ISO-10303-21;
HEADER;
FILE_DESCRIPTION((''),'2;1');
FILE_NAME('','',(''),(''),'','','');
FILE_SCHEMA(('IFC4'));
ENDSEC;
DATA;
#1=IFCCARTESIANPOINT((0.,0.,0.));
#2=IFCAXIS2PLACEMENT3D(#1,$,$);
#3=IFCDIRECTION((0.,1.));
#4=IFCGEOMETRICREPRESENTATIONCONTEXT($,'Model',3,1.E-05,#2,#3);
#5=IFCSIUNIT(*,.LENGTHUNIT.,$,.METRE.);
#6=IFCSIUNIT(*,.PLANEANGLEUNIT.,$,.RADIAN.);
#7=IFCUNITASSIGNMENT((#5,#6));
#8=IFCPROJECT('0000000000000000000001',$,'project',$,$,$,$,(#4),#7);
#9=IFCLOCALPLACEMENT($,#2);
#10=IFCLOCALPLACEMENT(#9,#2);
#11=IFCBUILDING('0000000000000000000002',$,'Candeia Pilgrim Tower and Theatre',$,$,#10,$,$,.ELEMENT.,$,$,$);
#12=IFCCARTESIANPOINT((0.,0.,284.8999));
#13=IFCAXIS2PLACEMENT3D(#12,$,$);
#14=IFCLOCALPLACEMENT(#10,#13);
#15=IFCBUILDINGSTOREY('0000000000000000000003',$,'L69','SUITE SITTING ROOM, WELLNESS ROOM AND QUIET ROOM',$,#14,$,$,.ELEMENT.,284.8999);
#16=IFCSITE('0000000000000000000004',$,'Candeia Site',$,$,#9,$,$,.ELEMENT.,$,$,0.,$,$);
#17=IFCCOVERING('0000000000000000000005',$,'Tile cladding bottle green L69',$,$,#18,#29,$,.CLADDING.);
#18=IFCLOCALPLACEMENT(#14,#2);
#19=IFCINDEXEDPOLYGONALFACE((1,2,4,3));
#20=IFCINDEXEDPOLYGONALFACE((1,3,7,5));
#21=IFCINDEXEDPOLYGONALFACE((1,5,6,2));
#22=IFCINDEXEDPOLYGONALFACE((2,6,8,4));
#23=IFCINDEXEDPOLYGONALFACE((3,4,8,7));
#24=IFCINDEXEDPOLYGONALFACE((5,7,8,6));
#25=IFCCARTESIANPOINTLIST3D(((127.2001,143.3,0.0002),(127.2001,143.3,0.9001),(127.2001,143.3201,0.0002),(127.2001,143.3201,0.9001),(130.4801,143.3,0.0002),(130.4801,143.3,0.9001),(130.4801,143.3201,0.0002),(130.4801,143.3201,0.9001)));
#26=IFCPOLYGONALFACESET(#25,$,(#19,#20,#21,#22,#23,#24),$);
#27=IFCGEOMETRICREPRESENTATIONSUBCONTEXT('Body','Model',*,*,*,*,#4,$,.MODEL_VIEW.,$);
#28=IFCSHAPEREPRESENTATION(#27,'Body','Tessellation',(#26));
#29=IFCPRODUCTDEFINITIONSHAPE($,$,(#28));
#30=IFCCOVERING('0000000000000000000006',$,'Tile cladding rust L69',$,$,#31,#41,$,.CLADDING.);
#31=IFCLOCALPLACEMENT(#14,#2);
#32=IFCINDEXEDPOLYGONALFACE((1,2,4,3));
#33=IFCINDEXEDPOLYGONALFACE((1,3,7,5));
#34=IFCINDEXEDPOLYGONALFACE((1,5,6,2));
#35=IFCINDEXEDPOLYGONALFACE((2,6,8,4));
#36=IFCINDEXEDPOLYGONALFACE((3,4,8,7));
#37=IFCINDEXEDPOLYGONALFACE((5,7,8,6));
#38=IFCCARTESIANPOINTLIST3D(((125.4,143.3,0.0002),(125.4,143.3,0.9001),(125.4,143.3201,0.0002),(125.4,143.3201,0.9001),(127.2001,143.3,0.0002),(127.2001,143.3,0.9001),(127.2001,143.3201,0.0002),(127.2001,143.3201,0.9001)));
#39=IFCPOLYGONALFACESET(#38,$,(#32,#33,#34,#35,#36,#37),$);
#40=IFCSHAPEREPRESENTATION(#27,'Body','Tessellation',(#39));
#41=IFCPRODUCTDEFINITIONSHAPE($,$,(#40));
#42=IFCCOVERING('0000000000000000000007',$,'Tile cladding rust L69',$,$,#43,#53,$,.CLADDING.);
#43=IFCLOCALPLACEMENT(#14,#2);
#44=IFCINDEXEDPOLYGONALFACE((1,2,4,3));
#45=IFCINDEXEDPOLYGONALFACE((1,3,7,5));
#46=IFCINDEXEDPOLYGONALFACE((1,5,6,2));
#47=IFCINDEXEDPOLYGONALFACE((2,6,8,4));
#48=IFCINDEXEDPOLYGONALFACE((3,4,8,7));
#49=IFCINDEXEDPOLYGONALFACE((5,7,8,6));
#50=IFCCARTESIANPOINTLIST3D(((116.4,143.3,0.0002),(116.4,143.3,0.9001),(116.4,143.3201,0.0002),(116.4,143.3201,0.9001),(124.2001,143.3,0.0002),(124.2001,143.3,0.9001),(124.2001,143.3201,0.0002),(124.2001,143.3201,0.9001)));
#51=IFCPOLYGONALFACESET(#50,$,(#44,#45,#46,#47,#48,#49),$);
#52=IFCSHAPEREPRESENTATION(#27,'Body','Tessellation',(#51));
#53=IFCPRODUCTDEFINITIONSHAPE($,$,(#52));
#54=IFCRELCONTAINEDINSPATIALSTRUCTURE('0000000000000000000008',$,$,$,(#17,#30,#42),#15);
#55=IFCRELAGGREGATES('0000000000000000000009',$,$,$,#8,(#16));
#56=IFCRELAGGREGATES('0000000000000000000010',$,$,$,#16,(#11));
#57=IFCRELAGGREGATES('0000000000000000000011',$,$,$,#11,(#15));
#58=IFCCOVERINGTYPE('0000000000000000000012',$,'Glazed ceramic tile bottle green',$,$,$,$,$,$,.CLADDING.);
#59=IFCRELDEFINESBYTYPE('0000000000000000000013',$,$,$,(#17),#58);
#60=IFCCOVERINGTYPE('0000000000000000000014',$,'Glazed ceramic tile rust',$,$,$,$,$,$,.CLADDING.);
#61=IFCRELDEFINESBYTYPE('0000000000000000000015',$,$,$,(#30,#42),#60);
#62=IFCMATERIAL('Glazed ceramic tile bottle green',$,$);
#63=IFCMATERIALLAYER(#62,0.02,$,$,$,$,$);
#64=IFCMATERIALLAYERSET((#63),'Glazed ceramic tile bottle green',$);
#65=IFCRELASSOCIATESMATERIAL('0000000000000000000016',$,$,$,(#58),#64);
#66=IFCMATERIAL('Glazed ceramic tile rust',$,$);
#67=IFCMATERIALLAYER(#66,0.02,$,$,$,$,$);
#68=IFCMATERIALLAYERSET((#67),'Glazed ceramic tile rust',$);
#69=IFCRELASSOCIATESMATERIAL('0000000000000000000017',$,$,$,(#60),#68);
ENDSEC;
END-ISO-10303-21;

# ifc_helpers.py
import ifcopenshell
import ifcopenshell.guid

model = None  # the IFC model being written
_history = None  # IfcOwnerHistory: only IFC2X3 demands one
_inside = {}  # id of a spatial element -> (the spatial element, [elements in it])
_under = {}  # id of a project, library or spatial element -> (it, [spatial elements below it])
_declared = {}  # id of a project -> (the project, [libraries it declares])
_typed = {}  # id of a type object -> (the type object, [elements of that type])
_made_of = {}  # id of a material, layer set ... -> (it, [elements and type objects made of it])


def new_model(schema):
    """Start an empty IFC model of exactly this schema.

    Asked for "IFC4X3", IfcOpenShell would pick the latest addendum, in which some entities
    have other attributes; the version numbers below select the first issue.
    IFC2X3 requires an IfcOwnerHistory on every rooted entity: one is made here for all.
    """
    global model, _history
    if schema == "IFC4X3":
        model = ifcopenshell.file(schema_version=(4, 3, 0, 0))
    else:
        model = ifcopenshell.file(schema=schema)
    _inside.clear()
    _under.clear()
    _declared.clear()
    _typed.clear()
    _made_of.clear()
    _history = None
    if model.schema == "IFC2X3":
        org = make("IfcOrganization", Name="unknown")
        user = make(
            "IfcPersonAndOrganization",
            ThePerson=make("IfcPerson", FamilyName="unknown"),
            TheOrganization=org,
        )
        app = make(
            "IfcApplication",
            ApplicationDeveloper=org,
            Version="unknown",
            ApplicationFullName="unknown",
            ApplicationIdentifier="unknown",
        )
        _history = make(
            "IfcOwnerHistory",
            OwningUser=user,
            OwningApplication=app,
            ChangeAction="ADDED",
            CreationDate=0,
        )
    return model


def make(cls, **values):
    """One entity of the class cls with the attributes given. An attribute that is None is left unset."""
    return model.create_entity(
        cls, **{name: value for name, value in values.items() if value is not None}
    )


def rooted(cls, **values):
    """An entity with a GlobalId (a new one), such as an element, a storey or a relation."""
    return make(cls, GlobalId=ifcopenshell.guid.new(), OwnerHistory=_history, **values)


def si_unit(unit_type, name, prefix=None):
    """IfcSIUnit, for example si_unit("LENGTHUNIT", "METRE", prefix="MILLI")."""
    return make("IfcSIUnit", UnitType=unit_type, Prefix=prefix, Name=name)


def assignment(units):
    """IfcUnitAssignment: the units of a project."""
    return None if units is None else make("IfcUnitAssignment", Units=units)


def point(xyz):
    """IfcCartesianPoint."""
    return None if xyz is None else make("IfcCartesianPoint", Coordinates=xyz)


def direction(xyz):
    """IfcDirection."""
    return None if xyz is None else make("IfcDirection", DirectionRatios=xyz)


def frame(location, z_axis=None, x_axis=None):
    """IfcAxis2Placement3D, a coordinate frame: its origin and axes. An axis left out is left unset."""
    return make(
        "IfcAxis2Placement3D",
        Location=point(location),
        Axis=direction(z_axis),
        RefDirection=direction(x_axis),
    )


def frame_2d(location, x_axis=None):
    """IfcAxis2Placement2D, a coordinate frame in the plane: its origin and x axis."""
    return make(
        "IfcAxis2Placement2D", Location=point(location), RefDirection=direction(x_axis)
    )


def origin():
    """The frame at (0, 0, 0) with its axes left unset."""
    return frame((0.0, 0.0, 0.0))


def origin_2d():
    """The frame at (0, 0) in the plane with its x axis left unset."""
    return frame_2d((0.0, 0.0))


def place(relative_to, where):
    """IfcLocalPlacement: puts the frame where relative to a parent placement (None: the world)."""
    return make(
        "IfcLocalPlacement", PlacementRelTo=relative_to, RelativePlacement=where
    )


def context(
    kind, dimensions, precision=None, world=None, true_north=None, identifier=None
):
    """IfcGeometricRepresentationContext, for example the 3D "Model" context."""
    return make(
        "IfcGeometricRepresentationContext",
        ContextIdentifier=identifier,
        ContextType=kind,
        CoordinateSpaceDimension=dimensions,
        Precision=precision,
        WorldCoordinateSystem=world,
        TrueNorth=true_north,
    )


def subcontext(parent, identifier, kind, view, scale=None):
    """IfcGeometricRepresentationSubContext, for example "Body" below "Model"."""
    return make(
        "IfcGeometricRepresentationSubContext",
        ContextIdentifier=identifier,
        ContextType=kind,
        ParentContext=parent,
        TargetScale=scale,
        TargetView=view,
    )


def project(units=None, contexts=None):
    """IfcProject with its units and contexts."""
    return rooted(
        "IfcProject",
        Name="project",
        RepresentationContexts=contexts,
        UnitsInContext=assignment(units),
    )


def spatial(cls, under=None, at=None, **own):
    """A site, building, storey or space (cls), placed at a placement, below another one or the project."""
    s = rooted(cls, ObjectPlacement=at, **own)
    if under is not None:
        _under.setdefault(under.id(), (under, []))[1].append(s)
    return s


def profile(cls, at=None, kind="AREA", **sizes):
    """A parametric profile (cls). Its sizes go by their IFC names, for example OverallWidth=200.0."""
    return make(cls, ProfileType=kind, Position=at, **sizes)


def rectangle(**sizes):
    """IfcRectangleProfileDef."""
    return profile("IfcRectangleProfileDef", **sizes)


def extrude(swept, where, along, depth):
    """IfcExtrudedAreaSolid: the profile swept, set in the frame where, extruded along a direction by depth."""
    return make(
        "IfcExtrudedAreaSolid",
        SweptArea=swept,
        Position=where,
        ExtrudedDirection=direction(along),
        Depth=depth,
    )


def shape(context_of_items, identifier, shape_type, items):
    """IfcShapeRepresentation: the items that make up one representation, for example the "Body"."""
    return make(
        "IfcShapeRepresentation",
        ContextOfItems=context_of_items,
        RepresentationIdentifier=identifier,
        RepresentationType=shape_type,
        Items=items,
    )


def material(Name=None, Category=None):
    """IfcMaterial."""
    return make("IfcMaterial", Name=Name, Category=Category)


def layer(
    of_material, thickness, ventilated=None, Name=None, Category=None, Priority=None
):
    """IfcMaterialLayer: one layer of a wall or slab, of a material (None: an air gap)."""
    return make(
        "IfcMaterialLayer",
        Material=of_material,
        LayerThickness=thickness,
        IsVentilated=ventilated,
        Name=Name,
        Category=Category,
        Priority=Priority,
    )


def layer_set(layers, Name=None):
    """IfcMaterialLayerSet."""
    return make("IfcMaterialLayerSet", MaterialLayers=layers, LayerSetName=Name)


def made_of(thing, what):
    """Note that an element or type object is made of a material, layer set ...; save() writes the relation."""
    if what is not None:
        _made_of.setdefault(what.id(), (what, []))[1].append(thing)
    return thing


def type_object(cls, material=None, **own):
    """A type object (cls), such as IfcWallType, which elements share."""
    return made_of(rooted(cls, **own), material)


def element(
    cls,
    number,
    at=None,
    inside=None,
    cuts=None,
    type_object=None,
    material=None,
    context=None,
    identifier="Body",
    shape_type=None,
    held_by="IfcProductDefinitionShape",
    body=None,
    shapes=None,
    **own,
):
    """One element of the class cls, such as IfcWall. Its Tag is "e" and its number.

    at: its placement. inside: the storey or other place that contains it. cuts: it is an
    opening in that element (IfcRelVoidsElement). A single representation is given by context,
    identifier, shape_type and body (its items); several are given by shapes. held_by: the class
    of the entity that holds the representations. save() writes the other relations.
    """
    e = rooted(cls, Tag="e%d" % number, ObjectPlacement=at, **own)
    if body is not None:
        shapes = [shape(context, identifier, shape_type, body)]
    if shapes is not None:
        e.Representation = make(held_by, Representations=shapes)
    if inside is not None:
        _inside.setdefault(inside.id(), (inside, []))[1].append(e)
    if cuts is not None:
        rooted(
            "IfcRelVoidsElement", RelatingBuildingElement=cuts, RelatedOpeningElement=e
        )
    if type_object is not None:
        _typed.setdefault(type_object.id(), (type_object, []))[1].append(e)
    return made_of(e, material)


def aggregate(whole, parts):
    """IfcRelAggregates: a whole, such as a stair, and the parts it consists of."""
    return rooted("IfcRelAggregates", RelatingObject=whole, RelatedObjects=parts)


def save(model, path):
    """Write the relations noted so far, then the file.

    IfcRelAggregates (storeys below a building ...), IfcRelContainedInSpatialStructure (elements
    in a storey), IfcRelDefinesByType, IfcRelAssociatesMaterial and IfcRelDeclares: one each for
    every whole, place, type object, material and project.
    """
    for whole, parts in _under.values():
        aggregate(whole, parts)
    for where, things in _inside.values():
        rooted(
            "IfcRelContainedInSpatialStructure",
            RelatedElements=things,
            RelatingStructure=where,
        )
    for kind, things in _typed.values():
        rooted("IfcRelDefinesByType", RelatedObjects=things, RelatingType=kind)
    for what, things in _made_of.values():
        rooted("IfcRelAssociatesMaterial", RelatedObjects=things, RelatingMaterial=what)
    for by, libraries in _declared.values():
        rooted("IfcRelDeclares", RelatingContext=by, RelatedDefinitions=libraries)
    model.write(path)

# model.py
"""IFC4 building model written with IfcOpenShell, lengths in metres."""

from ifc_helpers import new_model, si_unit, direction, frame, origin, origin_2d, place, context, subcontext, project, spatial, rectangle, extrude, material, layer, layer_set, type_object, element, save


model = new_model("IFC4")

# Units and contexts
model_context = context("Model", 3, precision=1e-05, world=origin(), true_north=direction((0.0, 1.0)))
body_context = subcontext(model_context, "Body", "Model", "MODEL_VIEW")
ifc_project = project(units=[si_unit("LENGTHUNIT", "METRE"), si_unit("PLANEANGLEUNIT", "RADIAN")], contexts=[model_context])

# Site, building, storey
site_placement = place(None, origin())
site = spatial("IfcSite", under=ifc_project, at=site_placement, Name="Candeia Site", CompositionType="ELEMENT", RefElevation=0.0)
building_placement = place(site_placement, origin())
building = spatial("IfcBuilding", under=site, at=building_placement, Name="Candeia Pilgrim Tower and Theatre", CompositionType="ELEMENT")
storey_placement = place(building_placement, frame((0.0, 0.0, 284.8999)))
storey = spatial("IfcBuildingStorey", under=building, at=storey_placement, Name="L69", Description="SUITE SITTING ROOM, WELLNESS ROOM AND QUIET ROOM", CompositionType="ELEMENT", Elevation=284.8999)

# Coverings
ifc_material_1 = material(Name="Glazed ceramic tile bottle green")
ifc_layer_1 = layer(ifc_material_1, 0.02)
ifc_layer_set_1 = layer_set([ifc_layer_1], Name="Glazed ceramic tile bottle green")
covering_type_1 = type_object("IfcCoveringType", Name="Glazed ceramic tile bottle green", PredefinedType="CLADDING", material=ifc_layer_set_1)
covering_1_placement = place(storey_placement, frame((128.8401, 143.3101, 0.0002), z_axis=(0.0, 0.0, 1.0), x_axis=(-1.0, 0.0, 0.0)))
element("IfcCovering", 1, at=covering_1_placement, inside=storey, type_object=covering_type_1, Name="Tile cladding bottle green L69", PredefinedType="CLADDING", context=body_context, shape_type="SweptSolid", body=[
    extrude(rectangle(XDim=3.28, YDim=0.02, at=origin_2d()), origin(), (0.0, 0.0, 1.0), 0.8999),
])
ifc_material_2 = material(Name="Glazed ceramic tile rust")
ifc_layer_2 = layer(ifc_material_2, 0.02)
ifc_layer_set_2 = layer_set([ifc_layer_2], Name="Glazed ceramic tile rust")
covering_type_2 = type_object("IfcCoveringType", Name="Glazed ceramic tile rust", PredefinedType="CLADDING", material=ifc_layer_set_2)
covering_2_placement = place(storey_placement, frame((126.3, 143.3101, 0.0002), z_axis=(0.0, 0.0, 1.0), x_axis=(-1.0, 0.0, 0.0)))
element("IfcCovering", 2, at=covering_2_placement, inside=storey, type_object=covering_type_2, Name="Tile cladding rust L69", PredefinedType="CLADDING", context=body_context, shape_type="SweptSolid", body=[
    extrude(rectangle(XDim=1.8, YDim=0.02, at=origin_2d()), origin(), (0.0, 0.0, 1.0), 0.8999),
])
covering_3_placement = place(storey_placement, frame((120.3, 143.3101, 0.0002), z_axis=(0.0, 0.0, 1.0), x_axis=(-1.0, 0.0, 0.0)))
element("IfcCovering", 3, at=covering_3_placement, inside=storey, type_object=covering_type_2, Name="Tile cladding rust L69", PredefinedType="CLADDING", context=body_context, shape_type="SweptSolid", body=[
    extrude(rectangle(XDim=7.8, YDim=0.02, at=origin_2d()), origin(), (0.0, 0.0, 1.0), 0.8999),
])

save(model, "model.ifc")
